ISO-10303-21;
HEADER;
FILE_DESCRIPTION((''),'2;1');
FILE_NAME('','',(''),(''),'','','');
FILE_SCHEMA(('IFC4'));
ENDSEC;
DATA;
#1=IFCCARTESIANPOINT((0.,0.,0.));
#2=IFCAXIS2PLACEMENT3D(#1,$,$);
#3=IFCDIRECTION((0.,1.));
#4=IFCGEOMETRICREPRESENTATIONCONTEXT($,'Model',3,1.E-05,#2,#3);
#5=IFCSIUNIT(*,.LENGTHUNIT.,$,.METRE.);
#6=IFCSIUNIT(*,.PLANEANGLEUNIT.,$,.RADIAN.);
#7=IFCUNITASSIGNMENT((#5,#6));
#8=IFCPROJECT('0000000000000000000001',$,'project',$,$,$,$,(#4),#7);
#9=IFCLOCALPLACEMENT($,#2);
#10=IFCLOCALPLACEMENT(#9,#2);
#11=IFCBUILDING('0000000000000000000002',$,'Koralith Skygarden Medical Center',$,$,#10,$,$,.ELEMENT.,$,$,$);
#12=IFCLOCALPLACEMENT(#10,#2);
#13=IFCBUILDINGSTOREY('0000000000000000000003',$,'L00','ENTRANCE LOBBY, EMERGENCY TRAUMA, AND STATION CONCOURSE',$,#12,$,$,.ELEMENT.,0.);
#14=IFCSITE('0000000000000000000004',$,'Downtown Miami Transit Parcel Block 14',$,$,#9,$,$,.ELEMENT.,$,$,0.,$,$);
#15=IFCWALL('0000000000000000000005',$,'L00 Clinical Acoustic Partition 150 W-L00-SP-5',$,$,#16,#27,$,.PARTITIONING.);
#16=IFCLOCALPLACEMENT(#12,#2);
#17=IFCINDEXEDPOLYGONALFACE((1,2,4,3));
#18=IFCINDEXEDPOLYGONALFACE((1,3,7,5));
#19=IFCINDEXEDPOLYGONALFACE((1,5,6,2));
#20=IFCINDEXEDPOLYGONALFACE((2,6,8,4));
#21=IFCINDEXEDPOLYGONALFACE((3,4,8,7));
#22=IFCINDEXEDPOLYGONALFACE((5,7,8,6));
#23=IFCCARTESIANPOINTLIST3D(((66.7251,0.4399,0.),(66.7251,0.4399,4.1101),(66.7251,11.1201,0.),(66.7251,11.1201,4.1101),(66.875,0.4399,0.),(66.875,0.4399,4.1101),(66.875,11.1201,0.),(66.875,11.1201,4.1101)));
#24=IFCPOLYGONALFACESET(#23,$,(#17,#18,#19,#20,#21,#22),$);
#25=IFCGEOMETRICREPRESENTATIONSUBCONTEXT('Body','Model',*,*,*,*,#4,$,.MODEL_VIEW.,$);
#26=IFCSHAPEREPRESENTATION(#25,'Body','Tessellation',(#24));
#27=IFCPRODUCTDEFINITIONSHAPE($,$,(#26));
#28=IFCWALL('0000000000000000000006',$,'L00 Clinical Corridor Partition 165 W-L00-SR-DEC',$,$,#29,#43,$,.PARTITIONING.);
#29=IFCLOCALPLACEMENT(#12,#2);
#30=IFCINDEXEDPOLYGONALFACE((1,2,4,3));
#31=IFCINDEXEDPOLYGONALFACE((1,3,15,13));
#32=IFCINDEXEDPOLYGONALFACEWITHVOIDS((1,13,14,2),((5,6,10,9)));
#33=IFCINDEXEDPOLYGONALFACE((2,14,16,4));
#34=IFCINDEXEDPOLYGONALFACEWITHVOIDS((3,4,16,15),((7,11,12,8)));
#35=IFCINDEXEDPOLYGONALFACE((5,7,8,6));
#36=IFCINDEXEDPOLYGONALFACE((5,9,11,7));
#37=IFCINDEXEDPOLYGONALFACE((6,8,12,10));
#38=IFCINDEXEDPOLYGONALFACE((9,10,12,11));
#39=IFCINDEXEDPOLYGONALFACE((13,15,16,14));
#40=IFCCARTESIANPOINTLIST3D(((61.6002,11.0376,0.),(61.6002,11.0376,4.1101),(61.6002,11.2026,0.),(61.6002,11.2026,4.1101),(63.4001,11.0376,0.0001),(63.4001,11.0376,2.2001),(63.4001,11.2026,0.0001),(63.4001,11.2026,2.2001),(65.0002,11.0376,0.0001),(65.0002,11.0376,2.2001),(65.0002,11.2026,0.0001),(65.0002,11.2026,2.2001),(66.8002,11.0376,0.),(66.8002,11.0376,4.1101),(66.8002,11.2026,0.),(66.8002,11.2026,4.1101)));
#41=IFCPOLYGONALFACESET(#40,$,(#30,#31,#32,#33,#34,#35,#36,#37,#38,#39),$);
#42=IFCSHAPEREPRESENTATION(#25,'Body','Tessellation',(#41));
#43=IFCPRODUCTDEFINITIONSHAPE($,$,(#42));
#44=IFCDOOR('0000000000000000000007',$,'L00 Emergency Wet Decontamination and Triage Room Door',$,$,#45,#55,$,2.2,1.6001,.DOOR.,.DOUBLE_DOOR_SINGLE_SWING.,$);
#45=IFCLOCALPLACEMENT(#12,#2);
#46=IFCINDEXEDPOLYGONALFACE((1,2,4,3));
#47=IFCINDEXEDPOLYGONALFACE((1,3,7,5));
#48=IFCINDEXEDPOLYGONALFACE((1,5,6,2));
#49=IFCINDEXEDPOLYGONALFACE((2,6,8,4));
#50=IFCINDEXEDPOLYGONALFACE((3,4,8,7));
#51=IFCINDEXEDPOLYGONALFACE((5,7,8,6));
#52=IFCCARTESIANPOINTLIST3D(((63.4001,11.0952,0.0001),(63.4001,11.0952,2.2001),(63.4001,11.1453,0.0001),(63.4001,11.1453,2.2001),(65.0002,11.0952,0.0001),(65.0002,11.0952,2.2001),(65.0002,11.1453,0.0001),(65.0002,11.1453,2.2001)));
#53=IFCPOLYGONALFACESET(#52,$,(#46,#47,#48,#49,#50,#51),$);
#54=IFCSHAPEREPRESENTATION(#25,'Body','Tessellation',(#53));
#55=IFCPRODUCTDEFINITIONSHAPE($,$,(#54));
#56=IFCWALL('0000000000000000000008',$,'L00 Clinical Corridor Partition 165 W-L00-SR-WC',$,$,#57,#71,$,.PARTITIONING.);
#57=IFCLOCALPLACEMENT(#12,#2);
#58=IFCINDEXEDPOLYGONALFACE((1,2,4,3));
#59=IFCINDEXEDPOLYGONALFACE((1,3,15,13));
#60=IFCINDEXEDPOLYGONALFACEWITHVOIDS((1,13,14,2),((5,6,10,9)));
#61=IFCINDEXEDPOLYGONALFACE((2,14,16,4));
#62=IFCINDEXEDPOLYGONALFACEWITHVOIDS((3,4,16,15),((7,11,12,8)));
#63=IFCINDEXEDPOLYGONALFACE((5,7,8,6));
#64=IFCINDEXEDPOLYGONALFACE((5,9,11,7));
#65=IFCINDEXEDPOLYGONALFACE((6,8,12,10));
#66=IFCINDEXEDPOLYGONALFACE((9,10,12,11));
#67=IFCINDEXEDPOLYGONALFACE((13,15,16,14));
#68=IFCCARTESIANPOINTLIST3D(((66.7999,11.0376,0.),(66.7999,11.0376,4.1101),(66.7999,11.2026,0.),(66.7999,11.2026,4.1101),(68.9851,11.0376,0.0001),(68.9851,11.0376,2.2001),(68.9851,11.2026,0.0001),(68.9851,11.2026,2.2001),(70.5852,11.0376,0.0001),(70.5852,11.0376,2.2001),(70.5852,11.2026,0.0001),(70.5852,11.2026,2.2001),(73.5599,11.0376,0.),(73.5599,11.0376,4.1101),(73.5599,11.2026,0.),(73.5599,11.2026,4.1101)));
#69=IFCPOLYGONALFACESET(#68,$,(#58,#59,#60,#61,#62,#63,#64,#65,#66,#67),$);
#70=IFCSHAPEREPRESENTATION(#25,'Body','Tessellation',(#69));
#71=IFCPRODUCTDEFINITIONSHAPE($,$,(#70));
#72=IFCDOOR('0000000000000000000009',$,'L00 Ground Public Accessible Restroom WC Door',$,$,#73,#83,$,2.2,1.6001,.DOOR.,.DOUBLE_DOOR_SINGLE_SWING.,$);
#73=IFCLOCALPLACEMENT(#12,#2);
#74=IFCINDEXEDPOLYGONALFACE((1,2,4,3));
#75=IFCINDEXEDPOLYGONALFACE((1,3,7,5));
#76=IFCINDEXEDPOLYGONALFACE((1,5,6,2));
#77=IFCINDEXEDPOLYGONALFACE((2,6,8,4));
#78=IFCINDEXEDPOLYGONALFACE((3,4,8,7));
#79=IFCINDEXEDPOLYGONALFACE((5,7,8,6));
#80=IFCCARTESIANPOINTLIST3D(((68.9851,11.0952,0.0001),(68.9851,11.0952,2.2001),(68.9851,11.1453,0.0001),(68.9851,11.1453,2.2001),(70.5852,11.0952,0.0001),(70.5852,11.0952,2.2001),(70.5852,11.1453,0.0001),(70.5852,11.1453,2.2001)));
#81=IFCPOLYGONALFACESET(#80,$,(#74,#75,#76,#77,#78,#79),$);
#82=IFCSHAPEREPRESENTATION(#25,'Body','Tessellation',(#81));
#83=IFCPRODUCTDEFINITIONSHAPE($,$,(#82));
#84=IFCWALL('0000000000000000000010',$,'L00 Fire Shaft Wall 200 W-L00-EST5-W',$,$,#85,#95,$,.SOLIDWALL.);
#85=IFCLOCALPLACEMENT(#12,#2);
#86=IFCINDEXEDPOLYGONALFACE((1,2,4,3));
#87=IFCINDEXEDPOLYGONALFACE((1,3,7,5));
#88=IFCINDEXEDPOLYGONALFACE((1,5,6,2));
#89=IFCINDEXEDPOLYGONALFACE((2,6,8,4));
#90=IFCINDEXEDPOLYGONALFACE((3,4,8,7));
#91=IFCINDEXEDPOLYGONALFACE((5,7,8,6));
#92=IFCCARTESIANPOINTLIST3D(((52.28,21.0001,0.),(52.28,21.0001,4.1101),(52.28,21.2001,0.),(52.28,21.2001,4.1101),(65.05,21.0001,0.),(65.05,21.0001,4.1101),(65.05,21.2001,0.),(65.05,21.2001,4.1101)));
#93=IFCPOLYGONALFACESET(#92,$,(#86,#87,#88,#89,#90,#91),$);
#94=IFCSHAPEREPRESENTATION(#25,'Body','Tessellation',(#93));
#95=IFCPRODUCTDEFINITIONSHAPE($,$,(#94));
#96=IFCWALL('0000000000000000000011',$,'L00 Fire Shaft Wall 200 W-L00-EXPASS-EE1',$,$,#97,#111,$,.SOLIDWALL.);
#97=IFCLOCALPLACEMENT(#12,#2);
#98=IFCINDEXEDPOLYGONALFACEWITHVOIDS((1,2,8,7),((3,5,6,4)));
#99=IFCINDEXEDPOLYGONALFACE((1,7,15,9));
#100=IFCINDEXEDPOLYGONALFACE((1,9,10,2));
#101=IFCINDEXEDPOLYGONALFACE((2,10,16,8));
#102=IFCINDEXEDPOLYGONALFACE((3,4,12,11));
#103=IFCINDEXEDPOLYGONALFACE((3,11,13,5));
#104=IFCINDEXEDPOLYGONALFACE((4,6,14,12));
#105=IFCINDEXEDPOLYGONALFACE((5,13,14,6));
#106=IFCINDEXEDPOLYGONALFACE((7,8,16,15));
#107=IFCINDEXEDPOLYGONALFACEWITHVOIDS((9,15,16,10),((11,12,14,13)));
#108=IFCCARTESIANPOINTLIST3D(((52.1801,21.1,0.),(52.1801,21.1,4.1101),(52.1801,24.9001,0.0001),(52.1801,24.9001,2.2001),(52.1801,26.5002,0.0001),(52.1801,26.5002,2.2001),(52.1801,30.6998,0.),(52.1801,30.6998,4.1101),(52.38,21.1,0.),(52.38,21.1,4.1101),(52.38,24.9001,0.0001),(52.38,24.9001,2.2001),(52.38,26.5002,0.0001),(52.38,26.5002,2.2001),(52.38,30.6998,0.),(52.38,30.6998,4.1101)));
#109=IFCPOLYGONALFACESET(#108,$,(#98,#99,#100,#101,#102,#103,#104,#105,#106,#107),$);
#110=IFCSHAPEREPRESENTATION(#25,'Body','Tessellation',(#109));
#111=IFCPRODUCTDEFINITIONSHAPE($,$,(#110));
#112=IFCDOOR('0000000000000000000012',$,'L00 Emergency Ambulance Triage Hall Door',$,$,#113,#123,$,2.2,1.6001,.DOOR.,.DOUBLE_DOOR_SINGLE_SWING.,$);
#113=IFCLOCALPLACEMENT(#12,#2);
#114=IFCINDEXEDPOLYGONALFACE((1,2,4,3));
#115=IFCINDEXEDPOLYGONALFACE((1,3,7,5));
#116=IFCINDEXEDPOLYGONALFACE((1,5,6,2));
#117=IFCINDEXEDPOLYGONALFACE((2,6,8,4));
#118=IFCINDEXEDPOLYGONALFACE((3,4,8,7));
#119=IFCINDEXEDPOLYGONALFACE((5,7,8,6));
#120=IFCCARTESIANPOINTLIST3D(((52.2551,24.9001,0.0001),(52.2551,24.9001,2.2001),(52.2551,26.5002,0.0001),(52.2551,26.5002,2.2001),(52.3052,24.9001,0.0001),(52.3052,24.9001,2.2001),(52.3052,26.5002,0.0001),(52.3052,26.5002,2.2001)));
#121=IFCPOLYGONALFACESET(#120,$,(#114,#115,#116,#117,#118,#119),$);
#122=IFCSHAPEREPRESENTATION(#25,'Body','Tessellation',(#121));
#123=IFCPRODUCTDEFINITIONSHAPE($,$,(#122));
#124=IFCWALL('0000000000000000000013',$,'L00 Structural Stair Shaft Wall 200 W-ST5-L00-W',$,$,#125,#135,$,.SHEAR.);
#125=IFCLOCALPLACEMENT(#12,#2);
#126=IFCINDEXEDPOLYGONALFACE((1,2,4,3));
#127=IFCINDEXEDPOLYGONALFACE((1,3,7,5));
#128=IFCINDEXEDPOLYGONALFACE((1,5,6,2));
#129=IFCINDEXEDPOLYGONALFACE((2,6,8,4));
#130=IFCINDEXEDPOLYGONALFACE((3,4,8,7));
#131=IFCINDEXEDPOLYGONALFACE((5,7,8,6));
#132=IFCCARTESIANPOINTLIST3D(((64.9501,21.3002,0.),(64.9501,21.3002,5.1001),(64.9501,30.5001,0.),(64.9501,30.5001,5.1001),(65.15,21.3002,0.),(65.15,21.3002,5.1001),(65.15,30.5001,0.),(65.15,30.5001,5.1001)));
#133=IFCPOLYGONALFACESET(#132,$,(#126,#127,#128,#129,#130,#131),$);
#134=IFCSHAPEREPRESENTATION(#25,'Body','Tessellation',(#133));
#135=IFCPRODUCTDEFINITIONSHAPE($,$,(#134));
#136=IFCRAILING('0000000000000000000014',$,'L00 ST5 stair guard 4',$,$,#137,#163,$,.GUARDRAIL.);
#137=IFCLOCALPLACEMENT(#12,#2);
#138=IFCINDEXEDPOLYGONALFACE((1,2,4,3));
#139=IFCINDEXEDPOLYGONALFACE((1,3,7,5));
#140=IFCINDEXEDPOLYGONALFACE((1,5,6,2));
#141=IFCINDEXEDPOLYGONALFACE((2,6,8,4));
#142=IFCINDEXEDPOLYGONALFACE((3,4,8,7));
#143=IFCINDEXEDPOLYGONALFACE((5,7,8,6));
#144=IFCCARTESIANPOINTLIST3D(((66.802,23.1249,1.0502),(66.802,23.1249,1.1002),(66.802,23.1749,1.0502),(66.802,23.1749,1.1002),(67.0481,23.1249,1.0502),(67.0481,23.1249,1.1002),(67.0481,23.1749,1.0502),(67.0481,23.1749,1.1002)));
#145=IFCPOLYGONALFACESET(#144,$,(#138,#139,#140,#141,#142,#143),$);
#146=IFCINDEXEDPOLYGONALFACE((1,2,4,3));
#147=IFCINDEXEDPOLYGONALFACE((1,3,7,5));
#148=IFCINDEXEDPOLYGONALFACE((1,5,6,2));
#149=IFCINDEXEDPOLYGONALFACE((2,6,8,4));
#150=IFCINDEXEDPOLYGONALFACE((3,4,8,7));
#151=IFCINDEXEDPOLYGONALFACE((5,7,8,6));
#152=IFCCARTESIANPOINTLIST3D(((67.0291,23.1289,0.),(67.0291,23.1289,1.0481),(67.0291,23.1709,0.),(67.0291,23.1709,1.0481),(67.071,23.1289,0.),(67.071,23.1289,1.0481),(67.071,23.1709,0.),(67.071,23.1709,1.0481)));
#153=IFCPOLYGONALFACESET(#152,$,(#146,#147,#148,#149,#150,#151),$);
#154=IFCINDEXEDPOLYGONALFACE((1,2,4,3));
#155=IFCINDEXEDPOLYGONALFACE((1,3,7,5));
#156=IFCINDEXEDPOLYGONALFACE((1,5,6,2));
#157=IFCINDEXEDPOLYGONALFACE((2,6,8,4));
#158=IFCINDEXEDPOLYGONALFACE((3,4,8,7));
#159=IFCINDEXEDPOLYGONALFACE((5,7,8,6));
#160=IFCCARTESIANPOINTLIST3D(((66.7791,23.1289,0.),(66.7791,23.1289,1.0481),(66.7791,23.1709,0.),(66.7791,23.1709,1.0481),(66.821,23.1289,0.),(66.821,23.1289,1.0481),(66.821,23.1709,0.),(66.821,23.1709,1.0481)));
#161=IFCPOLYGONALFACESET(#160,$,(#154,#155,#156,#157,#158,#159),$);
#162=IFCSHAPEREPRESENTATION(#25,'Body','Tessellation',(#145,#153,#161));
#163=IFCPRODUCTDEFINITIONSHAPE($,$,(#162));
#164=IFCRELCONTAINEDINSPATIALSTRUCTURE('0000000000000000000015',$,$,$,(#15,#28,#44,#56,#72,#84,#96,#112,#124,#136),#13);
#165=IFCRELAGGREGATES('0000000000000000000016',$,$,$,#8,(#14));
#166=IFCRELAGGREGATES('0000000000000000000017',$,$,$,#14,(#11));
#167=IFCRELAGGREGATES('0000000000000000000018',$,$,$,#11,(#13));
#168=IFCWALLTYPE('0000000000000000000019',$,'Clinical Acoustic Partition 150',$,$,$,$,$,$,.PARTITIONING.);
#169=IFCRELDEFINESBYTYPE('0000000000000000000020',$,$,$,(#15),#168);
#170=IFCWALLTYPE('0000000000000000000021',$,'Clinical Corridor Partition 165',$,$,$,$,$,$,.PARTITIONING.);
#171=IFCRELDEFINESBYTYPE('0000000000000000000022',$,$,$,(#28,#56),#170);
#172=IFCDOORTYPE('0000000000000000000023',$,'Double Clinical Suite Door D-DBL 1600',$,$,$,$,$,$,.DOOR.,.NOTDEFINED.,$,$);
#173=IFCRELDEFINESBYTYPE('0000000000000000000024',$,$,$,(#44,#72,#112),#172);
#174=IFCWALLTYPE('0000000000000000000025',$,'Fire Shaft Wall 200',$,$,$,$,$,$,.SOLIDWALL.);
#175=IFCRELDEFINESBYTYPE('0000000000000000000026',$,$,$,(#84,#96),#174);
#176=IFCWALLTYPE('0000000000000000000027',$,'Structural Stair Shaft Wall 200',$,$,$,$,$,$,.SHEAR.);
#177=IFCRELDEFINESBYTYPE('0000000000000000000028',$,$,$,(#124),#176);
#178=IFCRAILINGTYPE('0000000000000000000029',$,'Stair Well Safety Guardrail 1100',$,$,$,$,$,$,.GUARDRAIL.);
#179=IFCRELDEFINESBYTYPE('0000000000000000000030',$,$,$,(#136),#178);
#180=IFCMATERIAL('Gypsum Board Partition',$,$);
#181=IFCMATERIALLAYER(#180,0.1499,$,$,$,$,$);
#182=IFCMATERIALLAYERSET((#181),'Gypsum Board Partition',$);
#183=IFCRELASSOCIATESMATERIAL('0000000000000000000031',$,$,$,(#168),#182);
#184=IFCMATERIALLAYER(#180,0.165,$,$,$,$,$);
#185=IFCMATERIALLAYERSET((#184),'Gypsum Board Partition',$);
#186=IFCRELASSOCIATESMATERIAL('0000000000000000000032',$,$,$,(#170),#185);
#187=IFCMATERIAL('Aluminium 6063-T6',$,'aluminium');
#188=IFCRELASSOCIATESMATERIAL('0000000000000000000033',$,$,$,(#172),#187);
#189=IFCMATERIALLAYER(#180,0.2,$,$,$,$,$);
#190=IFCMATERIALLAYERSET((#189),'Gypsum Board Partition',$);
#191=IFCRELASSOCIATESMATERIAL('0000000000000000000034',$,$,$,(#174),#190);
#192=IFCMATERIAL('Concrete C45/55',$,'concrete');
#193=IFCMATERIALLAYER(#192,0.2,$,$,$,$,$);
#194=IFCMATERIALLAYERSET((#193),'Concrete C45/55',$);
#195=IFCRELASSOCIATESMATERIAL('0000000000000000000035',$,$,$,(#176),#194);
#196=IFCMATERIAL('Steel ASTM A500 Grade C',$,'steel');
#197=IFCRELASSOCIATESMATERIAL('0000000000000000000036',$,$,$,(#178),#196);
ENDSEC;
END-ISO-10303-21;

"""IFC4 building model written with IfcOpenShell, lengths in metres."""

from ifc_helpers import new_model, si_unit, direction, frame, frame_2d, origin, origin_2d, place, context, subcontext, project, spatial, rectangle, extrude, material, layer, layer_set, type_object, element, fill, save


model = new_model("IFC4")

# Units and contexts
model_context = context("Model", 3, precision=1e-05, world=origin(), true_north=direction((0.0, 1.0)))
body_context = subcontext(model_context, "Body", "Model", "MODEL_VIEW")
ifc_project = project(units=[si_unit("LENGTHUNIT", "METRE"), si_unit("PLANEANGLEUNIT", "RADIAN")], contexts=[model_context])

# Site, building, storey
site_placement = place(None, origin())
site = spatial("IfcSite", under=ifc_project, at=site_placement, Name="Downtown Miami Transit Parcel Block 14", CompositionType="ELEMENT", RefElevation=0.0)
building_placement = place(site_placement, origin())
building = spatial("IfcBuilding", under=site, at=building_placement, Name="Koralith Skygarden Medical Center", CompositionType="ELEMENT")
storey_placement = place(building_placement, origin())
storey = spatial("IfcBuildingStorey", under=building, at=storey_placement, Name="L00", Description="ENTRANCE LOBBY, EMERGENCY TRAUMA, AND STATION CONCOURSE", CompositionType="ELEMENT", Elevation=0.0)

# Wall
ifc_material_1 = material(Name="Gypsum Board Partition")
ifc_layer_1 = layer(ifc_material_1, 0.1499)
ifc_layer_set_1 = layer_set([ifc_layer_1], Name="Gypsum Board Partition")
wall_type_1 = type_object("IfcWallType", Name="Clinical Acoustic Partition 150", PredefinedType="PARTITIONING", material=ifc_layer_set_1)
for number, where, z_axis, x_axis, name in (
    (1, (66.8, 0.4399, 0.0), (0.0, 0.0, 1.0), (0.0, 1.0, 0.0), "L00 Clinical Acoustic Partition 150 W-L00-SP-5"),
):
    element("IfcWall", number, at=place(storey_placement, frame(where, z_axis=z_axis, x_axis=x_axis)), inside=storey, type_object=wall_type_1, Name=name, PredefinedType="PARTITIONING", context=body_context, shape_type="SweptSolid", body=[
        extrude(rectangle(XDim=10.6802, YDim=0.1499, at=frame_2d((5.3401, 0.0))), origin(), (0.0, 0.0, 1.0), 4.1101),
    ])

# Walls, openings, doors
ifc_layer_2 = layer(ifc_material_1, 0.165)
ifc_layer_set_2 = layer_set([ifc_layer_2], Name="Gypsum Board Partition")
wall_type_2 = type_object("IfcWallType", Name="Clinical Corridor Partition 165", PredefinedType="PARTITIONING", material=ifc_layer_set_2)
wall_1_placement = place(storey_placement, frame((61.6001, 11.1201, 0.0), z_axis=(0.0, 0.0, 1.0), x_axis=(1.0, 0.0, 0.0)))
wall_1 = element("IfcWall", 2, at=wall_1_placement, inside=storey, type_object=wall_type_2, Name="L00 Clinical Corridor Partition 165 W-L00-SR-DEC", PredefinedType="PARTITIONING", context=body_context, shape_type="SweptSolid", body=[
    extrude(rectangle(XDim=5.2, YDim=0.165, at=frame_2d((2.6001, 0.0))), origin(), (0.0, 0.0, 1.0), 4.1101),
])
opening_1_placement = place(wall_1_placement, frame((1.8, 0.0, 0.0)))
opening_1 = element("IfcOpeningElement", 3, at=opening_1_placement, cuts=wall_1, PredefinedType="OPENING", context=body_context, shape_type="SweptSolid", body=[
    extrude(rectangle(XDim=1.6001, YDim=2.2, at=frame_2d((0.8, 1.1001))), frame((0.0, 0.0925, 0.0), z_axis=(0.0, -1.0, 0.0), x_axis=(1.0, 0.0, 0.0)), (0.0, 0.0, 1.0), 0.1851),
])
ifc_material_2 = material(Name="Aluminium 6063-T6", Category="aluminium")
door_type_1 = type_object("IfcDoorType", Name="Double Clinical Suite Door D-DBL 1600", OperationType="NOTDEFINED", PredefinedType="DOOR", material=ifc_material_2)
door_1_placement = place(opening_1_placement, frame((1.6001, 0.0, 0.0), z_axis=(0.0, 0.0, 1.0), x_axis=(-1.0, 0.0, 0.0)))
door_1 = element("IfcDoor", 4, at=door_1_placement, inside=storey, type_object=door_type_1, Name="L00 Emergency Wet Decontamination and Triage Room Door", OperationType="DOUBLE_DOOR_SINGLE_SWING", OverallHeight=2.2, OverallWidth=1.6001, PredefinedType="DOOR", context=body_context, shape_type="SweptSolid", body=[
    extrude(rectangle(XDim=1.6001, YDim=2.2, at=frame_2d((0.8, 1.1001))), frame((0.0, 0.0249, 0.0), z_axis=(0.0, -1.0, 0.0), x_axis=(1.0, 0.0, 0.0)), (0.0, 0.0, 1.0), 0.05),
])
fill(opening_1, door_1)
wall_2_placement = place(storey_placement, frame((66.8, 11.1201, 0.0), z_axis=(0.0, 0.0, 1.0), x_axis=(1.0, 0.0, 0.0)))
wall_2 = element("IfcWall", 5, at=wall_2_placement, inside=storey, type_object=wall_type_2, Name="L00 Clinical Corridor Partition 165 W-L00-SR-WC", PredefinedType="PARTITIONING", context=body_context, shape_type="SweptSolid", body=[
    extrude(rectangle(XDim=6.76, YDim=0.165, at=frame_2d((3.3799, 0.0))), origin(), (0.0, 0.0, 1.0), 4.1101),
])
opening_2_placement = place(wall_2_placement, frame((2.1851, 0.0, 0.0)))
opening_2 = element("IfcOpeningElement", 6, at=opening_2_placement, cuts=wall_2, PredefinedType="OPENING", context=body_context, shape_type="SweptSolid", body=[
    extrude(rectangle(XDim=1.6001, YDim=2.2, at=frame_2d((0.8, 1.1001))), frame((0.0, 0.0925, 0.0), z_axis=(0.0, -1.0, 0.0), x_axis=(1.0, 0.0, 0.0)), (0.0, 0.0, 1.0), 0.1851),
])
door_2_placement = place(opening_2_placement, frame((1.6001, 0.0, 0.0), z_axis=(0.0, 0.0, 1.0), x_axis=(-1.0, 0.0, 0.0)))
door_2 = element("IfcDoor", 7, at=door_2_placement, inside=storey, type_object=door_type_1, Name="L00 Ground Public Accessible Restroom WC Door", OperationType="DOUBLE_DOOR_SINGLE_SWING", OverallHeight=2.2, OverallWidth=1.6001, PredefinedType="DOOR", context=body_context, shape_type="SweptSolid", body=[
    extrude(rectangle(XDim=1.6001, YDim=2.2, at=frame_2d((0.8, 1.1001))), frame((0.0, 0.0249, 0.0), z_axis=(0.0, -1.0, 0.0), x_axis=(1.0, 0.0, 0.0)), (0.0, 0.0, 1.0), 0.05),
])
fill(opening_2, door_2)

# Wall
ifc_layer_3 = layer(ifc_material_1, 0.2)
ifc_layer_set_3 = layer_set([ifc_layer_3], Name="Gypsum Board Partition")
wall_type_3 = type_object("IfcWallType", Name="Fire Shaft Wall 200", PredefinedType="SOLIDWALL", material=ifc_layer_set_3)
wall_3_placement = place(storey_placement, frame((52.28, 21.1001, 0.0), z_axis=(0.0, 0.0, 1.0), x_axis=(1.0, 0.0, 0.0)))
element("IfcWall", 8, at=wall_3_placement, inside=storey, type_object=wall_type_3, Name="L00 Fire Shaft Wall 200 W-L00-EST5-W", PredefinedType="SOLIDWALL", context=body_context, shape_type="SweptSolid", body=[
    extrude(rectangle(XDim=12.77, YDim=0.2, at=frame_2d((6.385, 0.0))), origin(), (0.0, 0.0, 1.0), 4.1101),
])

# Wall, opening, door
wall_4_placement = place(storey_placement, frame((52.28, 21.1001, 0.0), z_axis=(0.0, 0.0, 1.0), x_axis=(0.0, 1.0, 0.0)))
wall_4 = element("IfcWall", 9, at=wall_4_placement, inside=storey, type_object=wall_type_3, Name="L00 Fire Shaft Wall 200 W-L00-EXPASS-EE1", PredefinedType="SOLIDWALL", context=body_context, shape_type="SweptSolid", body=[
    extrude(rectangle(XDim=9.5999, YDim=0.2, at=frame_2d((4.7998, 0.0))), origin(), (0.0, 0.0, 1.0), 4.1101),
])
opening_3_placement = place(wall_4_placement, frame((3.8, 0.0, 0.0)))
opening_3 = element("IfcOpeningElement", 10, at=opening_3_placement, cuts=wall_4, PredefinedType="OPENING", context=body_context, shape_type="SweptSolid", body=[
    extrude(rectangle(XDim=1.6001, YDim=2.2, at=frame_2d((0.8, 1.1001))), frame((0.0, 0.1099, 0.0), z_axis=(0.0, -1.0, 0.0), x_axis=(1.0, 0.0, 0.0)), (0.0, 0.0, 1.0), 0.22),
])
door_3_placement = place(opening_3_placement, origin())
door_3 = element("IfcDoor", 11, at=door_3_placement, inside=storey, type_object=door_type_1, Name="L00 Emergency Ambulance Triage Hall Door", OperationType="DOUBLE_DOOR_SINGLE_SWING", OverallHeight=2.2, OverallWidth=1.6001, PredefinedType="DOOR", context=body_context, shape_type="SweptSolid", body=[
    extrude(rectangle(XDim=1.6001, YDim=2.2, at=frame_2d((0.8, 1.1001))), frame((0.0, 0.0249, 0.0), z_axis=(0.0, -1.0, 0.0), x_axis=(1.0, 0.0, 0.0)), (0.0, 0.0, 1.0), 0.05),
])
fill(opening_3, door_3)
ifc_material_3 = material(Name="Concrete C45/55", Category="concrete")
ifc_layer_4 = layer(ifc_material_3, 0.2)
ifc_layer_set_4 = layer_set([ifc_layer_4], Name="Concrete C45/55")
wall_type_4 = type_object("IfcWallType", Name="Structural Stair Shaft Wall 200", PredefinedType="SHEAR", material=ifc_layer_set_4)
ifc_material_4 = material(Name="Steel ASTM A500 Grade C", Category="steel")

# Wall
wall_5_placement = place(storey_placement, frame((65.05, 21.3, 0.0), z_axis=(0.0, 0.0, 1.0), x_axis=(0.0, 1.0, 0.0)))
element("IfcWall", 12, at=wall_5_placement, inside=storey, type_object=wall_type_4, Name="L00 Structural Stair Shaft Wall 200 W-ST5-L00-W", PredefinedType="SHEAR", context=body_context, shape_type="SweptSolid", body=[
    extrude(rectangle(XDim=9.2, YDim=0.2, at=frame_2d((4.6001, 0.0))), origin(), (0.0, 0.0, 1.0), 5.1001),
])

# Railing
railing_type = type_object("IfcRailingType", Name="Stair Well Safety Guardrail 1100", PredefinedType="GUARDRAIL", material=ifc_material_4)
railing_placement = place(storey_placement, frame((67.05, 23.1499, 0.0)))
element("IfcRailing", 13, at=railing_placement, inside=storey, type_object=railing_type, Name="L00 ST5 stair guard 4", PredefinedType="GUARDRAIL", context=body_context, shape_type="SweptSolid", body=[
    extrude(rectangle(XDim=0.05, YDim=0.05, at=origin_2d()), frame((-0.002, 0.0, 1.0752), z_axis=(-1.0, 0.0, 0.0), x_axis=(0.0, -1.0, 0.0)), (0.0, 0.0, 1.0), 0.2461),
    extrude(rectangle(XDim=0.042, YDim=0.042, at=origin_2d()), origin(), (0.0, 0.0, 1.0), 1.0481),
    extrude(rectangle(XDim=0.042, YDim=0.042, at=origin_2d()), frame((-0.25, 0.0, 0.0)), (0.0, 0.0, 1.0), 1.0481),
])

save(model, "model.ifc")
